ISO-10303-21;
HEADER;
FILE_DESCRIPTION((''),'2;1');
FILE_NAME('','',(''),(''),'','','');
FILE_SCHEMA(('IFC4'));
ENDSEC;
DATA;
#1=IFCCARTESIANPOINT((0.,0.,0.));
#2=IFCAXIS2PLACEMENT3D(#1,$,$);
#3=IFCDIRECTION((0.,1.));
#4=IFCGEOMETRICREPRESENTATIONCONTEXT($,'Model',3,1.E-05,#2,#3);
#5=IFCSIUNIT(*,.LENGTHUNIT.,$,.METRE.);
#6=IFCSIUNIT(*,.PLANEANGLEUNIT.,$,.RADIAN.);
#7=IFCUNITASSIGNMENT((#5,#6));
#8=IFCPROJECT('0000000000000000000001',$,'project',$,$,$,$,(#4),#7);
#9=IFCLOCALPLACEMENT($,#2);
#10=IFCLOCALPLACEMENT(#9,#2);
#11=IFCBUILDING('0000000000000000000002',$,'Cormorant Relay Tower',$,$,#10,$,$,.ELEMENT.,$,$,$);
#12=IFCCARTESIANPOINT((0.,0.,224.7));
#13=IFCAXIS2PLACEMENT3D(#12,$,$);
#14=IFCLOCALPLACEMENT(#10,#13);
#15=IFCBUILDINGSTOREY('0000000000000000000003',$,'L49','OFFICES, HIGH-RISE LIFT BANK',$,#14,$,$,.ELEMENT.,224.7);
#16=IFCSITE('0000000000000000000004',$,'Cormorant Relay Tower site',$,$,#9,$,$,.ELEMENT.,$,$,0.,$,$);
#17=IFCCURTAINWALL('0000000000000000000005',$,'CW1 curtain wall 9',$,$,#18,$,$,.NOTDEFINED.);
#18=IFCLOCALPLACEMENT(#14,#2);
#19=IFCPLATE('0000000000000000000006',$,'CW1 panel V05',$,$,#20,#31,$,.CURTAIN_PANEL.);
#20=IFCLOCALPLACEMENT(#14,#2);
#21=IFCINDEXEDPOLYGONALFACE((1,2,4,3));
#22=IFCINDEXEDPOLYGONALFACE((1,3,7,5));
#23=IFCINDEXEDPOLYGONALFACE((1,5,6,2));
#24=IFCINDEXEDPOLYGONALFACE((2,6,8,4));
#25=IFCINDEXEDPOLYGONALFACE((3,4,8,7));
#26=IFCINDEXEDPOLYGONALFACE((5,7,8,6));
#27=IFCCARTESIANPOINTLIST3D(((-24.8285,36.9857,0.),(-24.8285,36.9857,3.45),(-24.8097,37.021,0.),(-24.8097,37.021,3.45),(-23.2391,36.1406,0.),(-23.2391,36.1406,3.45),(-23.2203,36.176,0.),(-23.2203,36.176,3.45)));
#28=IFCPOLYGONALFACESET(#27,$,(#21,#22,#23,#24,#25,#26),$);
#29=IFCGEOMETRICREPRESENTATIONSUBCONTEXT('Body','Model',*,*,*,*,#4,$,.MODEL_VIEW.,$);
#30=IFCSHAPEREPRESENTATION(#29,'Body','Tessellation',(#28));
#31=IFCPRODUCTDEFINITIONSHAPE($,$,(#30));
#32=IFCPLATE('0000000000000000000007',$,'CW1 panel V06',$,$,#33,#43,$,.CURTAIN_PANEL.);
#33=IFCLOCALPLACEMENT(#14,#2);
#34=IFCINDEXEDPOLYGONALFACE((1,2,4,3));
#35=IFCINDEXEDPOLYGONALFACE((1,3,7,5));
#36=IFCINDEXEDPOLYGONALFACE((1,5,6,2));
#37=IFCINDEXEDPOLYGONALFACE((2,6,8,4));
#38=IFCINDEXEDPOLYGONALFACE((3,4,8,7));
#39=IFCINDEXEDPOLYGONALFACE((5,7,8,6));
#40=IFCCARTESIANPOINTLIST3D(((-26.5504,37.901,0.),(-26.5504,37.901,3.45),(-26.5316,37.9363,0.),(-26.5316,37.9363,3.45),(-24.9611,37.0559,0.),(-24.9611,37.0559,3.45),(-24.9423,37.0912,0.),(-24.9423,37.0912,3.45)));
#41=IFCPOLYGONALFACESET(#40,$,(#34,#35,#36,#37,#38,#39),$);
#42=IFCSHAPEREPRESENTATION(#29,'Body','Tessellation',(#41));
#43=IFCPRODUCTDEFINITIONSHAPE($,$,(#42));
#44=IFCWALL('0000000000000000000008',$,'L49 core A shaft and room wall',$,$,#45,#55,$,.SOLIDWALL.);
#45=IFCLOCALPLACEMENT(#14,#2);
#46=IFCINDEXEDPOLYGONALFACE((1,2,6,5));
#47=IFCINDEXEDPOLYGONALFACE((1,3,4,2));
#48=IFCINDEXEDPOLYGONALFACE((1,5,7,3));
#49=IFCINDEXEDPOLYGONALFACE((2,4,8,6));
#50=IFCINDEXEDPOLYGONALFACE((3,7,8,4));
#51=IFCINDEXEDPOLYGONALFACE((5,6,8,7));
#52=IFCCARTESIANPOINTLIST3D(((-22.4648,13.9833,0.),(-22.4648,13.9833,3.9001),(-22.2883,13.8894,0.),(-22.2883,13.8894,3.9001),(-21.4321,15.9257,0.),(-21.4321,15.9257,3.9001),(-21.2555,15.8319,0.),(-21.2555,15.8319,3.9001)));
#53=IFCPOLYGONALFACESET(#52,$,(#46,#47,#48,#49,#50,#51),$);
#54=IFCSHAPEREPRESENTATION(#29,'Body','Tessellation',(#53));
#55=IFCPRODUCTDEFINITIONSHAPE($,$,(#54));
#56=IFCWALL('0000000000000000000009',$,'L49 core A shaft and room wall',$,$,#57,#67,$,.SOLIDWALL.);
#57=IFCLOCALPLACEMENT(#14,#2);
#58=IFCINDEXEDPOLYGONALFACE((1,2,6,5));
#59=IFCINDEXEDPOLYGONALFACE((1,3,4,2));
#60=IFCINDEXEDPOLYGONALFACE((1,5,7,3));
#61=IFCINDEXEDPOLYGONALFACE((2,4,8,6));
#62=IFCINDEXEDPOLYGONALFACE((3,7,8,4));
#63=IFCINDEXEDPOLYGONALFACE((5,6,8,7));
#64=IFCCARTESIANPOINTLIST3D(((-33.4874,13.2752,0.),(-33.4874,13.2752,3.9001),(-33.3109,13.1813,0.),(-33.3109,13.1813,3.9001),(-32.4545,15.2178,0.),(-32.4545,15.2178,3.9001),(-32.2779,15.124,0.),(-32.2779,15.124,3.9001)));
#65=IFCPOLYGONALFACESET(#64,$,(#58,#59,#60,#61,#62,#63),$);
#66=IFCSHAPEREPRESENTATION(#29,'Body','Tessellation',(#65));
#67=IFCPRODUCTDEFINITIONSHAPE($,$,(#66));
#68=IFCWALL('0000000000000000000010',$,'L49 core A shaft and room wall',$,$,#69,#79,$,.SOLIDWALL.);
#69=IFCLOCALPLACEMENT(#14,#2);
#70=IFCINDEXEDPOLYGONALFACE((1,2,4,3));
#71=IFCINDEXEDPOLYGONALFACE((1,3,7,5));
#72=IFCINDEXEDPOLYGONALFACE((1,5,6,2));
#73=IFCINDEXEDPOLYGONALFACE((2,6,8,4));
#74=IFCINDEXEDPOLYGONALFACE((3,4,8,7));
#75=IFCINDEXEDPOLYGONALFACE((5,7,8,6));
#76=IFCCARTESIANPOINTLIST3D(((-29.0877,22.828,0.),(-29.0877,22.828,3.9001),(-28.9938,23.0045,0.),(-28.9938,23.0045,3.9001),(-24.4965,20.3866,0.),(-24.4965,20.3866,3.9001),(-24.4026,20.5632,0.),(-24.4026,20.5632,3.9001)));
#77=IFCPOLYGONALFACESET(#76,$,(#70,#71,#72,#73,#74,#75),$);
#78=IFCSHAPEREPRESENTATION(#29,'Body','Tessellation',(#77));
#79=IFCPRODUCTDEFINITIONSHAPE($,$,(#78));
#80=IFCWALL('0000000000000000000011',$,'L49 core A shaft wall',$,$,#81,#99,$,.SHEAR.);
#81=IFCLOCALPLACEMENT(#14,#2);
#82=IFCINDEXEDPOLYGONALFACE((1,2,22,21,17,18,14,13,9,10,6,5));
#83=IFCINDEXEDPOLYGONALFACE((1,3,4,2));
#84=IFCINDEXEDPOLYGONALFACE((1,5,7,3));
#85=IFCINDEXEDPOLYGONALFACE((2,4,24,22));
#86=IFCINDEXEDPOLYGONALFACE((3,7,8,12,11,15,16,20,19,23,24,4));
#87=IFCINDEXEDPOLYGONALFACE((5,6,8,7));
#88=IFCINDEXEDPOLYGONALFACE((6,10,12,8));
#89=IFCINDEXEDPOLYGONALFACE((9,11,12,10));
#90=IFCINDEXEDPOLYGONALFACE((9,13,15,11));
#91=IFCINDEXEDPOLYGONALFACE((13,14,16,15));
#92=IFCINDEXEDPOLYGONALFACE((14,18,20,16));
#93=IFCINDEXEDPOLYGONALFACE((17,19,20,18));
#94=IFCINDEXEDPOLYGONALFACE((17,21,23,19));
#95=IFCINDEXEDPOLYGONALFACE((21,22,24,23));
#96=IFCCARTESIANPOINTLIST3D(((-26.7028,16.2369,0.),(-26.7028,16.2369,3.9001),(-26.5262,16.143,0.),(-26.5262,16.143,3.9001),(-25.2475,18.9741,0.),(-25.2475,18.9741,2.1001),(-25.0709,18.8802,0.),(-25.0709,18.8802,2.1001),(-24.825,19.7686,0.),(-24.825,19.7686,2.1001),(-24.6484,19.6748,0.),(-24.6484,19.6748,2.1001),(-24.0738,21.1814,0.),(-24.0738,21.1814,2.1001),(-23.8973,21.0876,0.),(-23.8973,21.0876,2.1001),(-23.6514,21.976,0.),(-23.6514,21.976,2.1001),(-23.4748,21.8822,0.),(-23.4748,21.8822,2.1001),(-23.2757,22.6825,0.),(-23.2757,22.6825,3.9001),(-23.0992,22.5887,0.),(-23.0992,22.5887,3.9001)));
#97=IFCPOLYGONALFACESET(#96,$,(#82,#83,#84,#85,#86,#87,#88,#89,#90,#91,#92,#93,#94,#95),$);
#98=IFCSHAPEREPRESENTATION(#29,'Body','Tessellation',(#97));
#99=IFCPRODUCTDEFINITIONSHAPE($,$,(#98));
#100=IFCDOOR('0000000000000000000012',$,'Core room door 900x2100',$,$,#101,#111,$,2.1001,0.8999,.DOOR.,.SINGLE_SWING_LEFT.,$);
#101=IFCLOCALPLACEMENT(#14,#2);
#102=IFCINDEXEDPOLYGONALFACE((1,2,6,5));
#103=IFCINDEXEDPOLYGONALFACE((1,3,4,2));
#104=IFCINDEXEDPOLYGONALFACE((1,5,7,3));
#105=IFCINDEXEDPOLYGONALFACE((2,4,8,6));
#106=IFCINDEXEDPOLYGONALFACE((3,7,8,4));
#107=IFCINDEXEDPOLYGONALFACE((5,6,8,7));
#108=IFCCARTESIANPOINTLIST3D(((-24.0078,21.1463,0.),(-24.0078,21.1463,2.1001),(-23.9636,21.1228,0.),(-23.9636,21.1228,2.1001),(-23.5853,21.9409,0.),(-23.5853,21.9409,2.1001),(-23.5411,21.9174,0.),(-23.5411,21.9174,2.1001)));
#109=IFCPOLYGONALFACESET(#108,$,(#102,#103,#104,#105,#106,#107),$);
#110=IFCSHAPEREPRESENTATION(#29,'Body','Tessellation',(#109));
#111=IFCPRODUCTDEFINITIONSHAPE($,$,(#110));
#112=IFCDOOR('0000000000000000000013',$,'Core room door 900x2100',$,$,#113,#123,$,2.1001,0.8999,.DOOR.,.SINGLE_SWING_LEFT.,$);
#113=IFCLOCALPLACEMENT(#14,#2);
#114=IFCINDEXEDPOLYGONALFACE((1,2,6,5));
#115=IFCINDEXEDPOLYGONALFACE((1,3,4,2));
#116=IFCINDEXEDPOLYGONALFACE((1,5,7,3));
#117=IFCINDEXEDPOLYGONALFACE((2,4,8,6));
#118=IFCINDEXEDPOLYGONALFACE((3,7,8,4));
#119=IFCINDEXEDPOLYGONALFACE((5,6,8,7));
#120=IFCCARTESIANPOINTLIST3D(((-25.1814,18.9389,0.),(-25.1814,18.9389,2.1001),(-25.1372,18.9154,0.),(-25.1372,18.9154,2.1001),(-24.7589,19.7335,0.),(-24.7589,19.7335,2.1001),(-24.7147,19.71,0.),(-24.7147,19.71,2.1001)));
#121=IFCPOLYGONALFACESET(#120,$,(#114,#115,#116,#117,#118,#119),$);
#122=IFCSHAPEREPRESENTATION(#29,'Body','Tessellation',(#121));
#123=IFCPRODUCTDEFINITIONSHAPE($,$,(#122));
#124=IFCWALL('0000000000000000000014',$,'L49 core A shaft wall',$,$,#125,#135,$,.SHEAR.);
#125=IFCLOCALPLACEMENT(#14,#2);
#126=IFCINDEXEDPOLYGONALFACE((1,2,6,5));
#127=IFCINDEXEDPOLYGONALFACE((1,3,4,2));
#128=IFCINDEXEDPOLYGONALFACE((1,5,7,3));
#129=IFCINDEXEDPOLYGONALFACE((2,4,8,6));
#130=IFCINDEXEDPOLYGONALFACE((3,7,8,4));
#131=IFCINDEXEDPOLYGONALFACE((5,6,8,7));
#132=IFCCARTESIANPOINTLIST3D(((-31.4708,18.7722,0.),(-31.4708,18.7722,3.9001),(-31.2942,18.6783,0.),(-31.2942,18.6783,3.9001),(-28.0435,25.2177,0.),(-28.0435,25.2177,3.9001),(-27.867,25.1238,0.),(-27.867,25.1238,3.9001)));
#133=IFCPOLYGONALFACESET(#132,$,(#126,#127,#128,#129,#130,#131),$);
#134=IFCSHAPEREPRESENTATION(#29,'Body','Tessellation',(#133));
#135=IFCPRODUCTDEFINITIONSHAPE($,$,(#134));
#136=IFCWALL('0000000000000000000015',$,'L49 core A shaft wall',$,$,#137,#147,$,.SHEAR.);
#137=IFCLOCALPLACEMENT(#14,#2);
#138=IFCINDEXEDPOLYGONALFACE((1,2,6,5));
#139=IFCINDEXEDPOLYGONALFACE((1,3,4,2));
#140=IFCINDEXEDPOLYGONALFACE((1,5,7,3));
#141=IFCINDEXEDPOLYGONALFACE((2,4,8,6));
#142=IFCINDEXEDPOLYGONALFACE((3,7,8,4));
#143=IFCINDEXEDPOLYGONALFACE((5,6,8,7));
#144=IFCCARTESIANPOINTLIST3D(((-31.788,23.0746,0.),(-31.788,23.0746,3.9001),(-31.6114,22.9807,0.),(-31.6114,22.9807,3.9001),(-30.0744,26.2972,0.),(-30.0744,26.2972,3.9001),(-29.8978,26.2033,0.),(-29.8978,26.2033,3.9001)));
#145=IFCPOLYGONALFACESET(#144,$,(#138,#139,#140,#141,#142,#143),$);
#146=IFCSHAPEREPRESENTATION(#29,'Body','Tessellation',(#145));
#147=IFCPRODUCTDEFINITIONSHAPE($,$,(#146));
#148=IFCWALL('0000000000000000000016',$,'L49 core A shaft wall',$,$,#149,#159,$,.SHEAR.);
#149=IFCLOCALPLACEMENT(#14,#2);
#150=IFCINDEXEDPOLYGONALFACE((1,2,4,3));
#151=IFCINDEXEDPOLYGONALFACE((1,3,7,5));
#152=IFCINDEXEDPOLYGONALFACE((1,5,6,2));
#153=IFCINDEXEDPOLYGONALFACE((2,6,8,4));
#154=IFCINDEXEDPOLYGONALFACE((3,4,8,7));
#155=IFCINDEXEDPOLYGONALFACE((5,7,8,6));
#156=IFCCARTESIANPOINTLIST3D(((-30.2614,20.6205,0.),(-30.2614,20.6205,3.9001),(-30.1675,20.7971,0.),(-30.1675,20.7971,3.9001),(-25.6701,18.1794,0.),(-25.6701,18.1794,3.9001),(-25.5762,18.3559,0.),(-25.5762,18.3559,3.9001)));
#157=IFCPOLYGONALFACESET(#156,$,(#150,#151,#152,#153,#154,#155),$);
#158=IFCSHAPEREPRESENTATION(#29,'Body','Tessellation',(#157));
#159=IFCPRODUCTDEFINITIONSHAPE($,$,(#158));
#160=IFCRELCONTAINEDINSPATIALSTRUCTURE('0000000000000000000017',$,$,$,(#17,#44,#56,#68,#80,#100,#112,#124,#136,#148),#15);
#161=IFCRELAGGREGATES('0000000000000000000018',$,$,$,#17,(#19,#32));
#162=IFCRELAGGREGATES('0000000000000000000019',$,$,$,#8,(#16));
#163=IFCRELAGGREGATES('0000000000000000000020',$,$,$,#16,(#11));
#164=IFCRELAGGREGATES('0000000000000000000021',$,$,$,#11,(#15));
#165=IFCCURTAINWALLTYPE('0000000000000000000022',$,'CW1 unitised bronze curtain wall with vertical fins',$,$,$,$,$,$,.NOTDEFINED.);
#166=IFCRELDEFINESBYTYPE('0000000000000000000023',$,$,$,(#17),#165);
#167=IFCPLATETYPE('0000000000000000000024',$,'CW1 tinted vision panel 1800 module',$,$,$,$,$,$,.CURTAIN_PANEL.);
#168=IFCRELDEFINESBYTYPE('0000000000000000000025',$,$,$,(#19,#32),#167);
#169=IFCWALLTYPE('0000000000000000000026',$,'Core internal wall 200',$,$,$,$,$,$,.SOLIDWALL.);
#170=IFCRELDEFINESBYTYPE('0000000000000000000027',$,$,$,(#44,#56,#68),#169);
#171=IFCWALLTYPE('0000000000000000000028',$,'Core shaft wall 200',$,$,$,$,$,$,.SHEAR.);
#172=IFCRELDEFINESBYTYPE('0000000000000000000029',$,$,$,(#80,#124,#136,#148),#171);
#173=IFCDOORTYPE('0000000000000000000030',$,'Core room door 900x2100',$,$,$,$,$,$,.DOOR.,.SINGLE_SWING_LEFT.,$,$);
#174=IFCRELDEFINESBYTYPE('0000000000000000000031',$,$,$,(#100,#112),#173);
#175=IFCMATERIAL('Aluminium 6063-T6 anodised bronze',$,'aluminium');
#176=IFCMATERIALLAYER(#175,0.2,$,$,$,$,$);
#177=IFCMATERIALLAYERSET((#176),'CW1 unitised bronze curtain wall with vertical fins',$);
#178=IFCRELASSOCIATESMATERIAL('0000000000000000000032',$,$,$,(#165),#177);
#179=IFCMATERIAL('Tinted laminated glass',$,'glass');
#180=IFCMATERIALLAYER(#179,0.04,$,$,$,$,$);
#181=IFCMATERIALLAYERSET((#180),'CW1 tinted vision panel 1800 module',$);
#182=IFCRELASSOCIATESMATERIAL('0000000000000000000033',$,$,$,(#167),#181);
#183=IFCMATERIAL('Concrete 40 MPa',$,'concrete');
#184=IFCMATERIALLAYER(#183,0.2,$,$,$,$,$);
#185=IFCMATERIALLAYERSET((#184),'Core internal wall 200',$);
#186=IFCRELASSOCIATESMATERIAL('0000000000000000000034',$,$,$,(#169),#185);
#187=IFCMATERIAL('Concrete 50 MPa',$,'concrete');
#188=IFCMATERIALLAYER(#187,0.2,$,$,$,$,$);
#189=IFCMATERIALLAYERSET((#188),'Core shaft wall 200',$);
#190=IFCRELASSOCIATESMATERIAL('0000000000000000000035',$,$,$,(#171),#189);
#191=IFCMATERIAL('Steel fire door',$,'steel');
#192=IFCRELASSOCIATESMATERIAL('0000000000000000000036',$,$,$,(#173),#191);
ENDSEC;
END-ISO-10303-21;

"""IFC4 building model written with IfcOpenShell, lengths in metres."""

from ifc_helpers import new_model, si_unit, direction, frame, frame_2d, origin, origin_2d, place, context, subcontext, project, spatial, rectangle, extrude, material, layer, layer_set, type_object, element, fill, aggregate, save


model = new_model("IFC4")

# Units and contexts
model_context = context("Model", 3, precision=1e-05, world=origin(), true_north=direction((0.0, 1.0)))
body_context = subcontext(model_context, "Body", "Model", "MODEL_VIEW")
ifc_project = project(units=[si_unit("LENGTHUNIT", "METRE"), si_unit("PLANEANGLEUNIT", "RADIAN")], contexts=[model_context])

# Site, building, storey
site_placement = place(None, origin())
site = spatial("IfcSite", under=ifc_project, at=site_placement, Name="Cormorant Relay Tower site", CompositionType="ELEMENT", RefElevation=0.0)
building_placement = place(site_placement, origin())
building = spatial("IfcBuilding", under=site, at=building_placement, Name="Cormorant Relay Tower", CompositionType="ELEMENT")
storey_placement = place(building_placement, frame((0.0, 0.0, 224.7)))
storey = spatial("IfcBuildingStorey", under=building, at=storey_placement, Name="L49", Description="OFFICES, HIGH-RISE LIFT BANK", CompositionType="ELEMENT", Elevation=224.7)

# Curtain wall
ifc_material_1 = material(Name="Aluminium 6063-T6 anodised bronze", Category="aluminium")
ifc_layer_1 = layer(ifc_material_1, 0.2)
ifc_layer_set_1 = layer_set([ifc_layer_1], Name="CW1 unitised bronze curtain wall with vertical fins")
curtain_wall_type = type_object("IfcCurtainWallType", Name="CW1 unitised bronze curtain wall with vertical fins", PredefinedType="NOTDEFINED", material=ifc_layer_set_1)
curtain_wall_1_placement = place(storey_placement, origin())
curtain_wall_1 = element("IfcCurtainWall", 1, at=curtain_wall_1_placement, inside=storey, type_object=curtain_wall_type, Name="CW1 curtain wall 9", PredefinedType="NOTDEFINED")

# Plates
ifc_material_2 = material(Name="Tinted laminated glass", Category="glass")
ifc_layer_2 = layer(ifc_material_2, 0.04)
ifc_layer_set_2 = layer_set([ifc_layer_2], Name="CW1 tinted vision panel 1800 module")
plate_type = type_object("IfcPlateType", Name="CW1 tinted vision panel 1800 module", PredefinedType="CURTAIN_PANEL", material=ifc_layer_set_2)
plate_1_placement = place(storey_placement, frame((-24.0244, 36.5808, 0.0), z_axis=(0.0, 0.0, 1.0), x_axis=(-0.882948, 0.469472, 0.0)))
plate_1 = element("IfcPlate", 2, at=plate_1_placement, type_object=plate_type, Name="CW1 panel V05", PredefinedType="CURTAIN_PANEL", context=body_context, shape_type="SweptSolid", body=[
    extrude(rectangle(XDim=1.8, YDim=0.04, at=origin_2d()), origin(), (0.0, 0.0, 1.0), 3.45),
])
plate_2_placement = place(storey_placement, frame((-25.7463, 37.4961, 0.0), z_axis=(0.0, 0.0, 1.0), x_axis=(-0.882948, 0.469472, 0.0)))
plate_2 = element("IfcPlate", 3, at=plate_2_placement, type_object=plate_type, Name="CW1 panel V06", PredefinedType="CURTAIN_PANEL", context=body_context, shape_type="SweptSolid", body=[
    extrude(rectangle(XDim=1.8, YDim=0.04, at=origin_2d()), origin(), (0.0, 0.0, 1.0), 3.45),
])

# Walls
ifc_material_3 = material(Name="Concrete 40 MPa", Category="concrete")
ifc_layer_3 = layer(ifc_material_3, 0.2)
ifc_layer_set_3 = layer_set([ifc_layer_3], Name="Core internal wall 200")
wall_type_1 = type_object("IfcWallType", Name="Core internal wall 200", PredefinedType="SOLIDWALL", material=ifc_layer_set_3)
wall_1_placement = place(storey_placement, frame((-21.3438, 15.8789, 0.0), z_axis=(0.0, 0.0, 1.0), x_axis=(-0.469447, -0.88296, 0.0)))
element("IfcWall", 4, at=wall_1_placement, inside=storey, type_object=wall_type_1, Name="L49 core A shaft and room wall", PredefinedType="SOLIDWALL", context=body_context, shape_type="SweptSolid", body=[
    extrude(rectangle(XDim=2.2, YDim=0.2, at=frame_2d((1.1001, 0.0))), origin(), (0.0, 0.0, 1.0), 3.9001),
])
wall_2_placement = place(storey_placement, frame((-32.3662, 15.1709, 0.0), z_axis=(0.0, 0.0, 1.0), x_axis=(-0.469488, -0.882939, 0.0)))
element("IfcWall", 5, at=wall_2_placement, inside=storey, type_object=wall_type_1, Name="L49 core A shaft and room wall", PredefinedType="SOLIDWALL", context=body_context, shape_type="SweptSolid", body=[
    extrude(rectangle(XDim=2.2002, YDim=0.2, at=frame_2d((1.1001, 0.0))), origin(), (0.0, 0.0, 1.0), 3.9001),
])
wall_3_placement = place(storey_placement, frame((-24.4495, 20.4749, 0.0), z_axis=(0.0, 0.0, 1.0), x_axis=(-0.882935, 0.469496, 0.0)))
element("IfcWall", 6, at=wall_3_placement, inside=storey, type_object=wall_type_1, Name="L49 core A shaft and room wall", PredefinedType="SOLIDWALL", context=body_context, shape_type="SweptSolid", body=[
    extrude(rectangle(XDim=5.2, YDim=0.2, at=frame_2d((2.6001, 0.0))), origin(), (0.0, 0.0, 1.0), 3.9001),
])

# Wall, openings, doors
ifc_material_4 = material(Name="Concrete 50 MPa", Category="concrete")
ifc_layer_4 = layer(ifc_material_4, 0.2)
ifc_layer_set_4 = layer_set([ifc_layer_4], Name="Core shaft wall 200")
wall_type_2 = type_object("IfcWallType", Name="Core shaft wall 200", PredefinedType="SHEAR", material=ifc_layer_set_4)
wall_4_placement = place(storey_placement, frame((-23.1875, 22.6355, 0.0), z_axis=(0.0, 0.0, 1.0), x_axis=(-0.469454, -0.882957, 0.0)))
wall_4 = element("IfcWall", 7, at=wall_4_placement, inside=storey, type_object=wall_type_2, Name="L49 core A shaft wall", PredefinedType="SHEAR", context=body_context, shape_type="SweptSolid", body=[
    extrude(rectangle(XDim=7.3, YDim=0.2, at=frame_2d((3.6499, 0.0))), origin(), (0.0, 0.0, 1.0), 3.9001),
])
opening_1_placement = place(wall_4_placement, frame((0.8, 0.0, 0.0)))
opening_1 = element("IfcOpeningElement", 8, at=opening_1_placement, cuts=wall_4, PredefinedType="OPENING", context=body_context, shape_type="SweptSolid", body=[
    extrude(rectangle(XDim=0.8999, YDim=2.1001, at=frame_2d((0.45, 1.05))), frame((0.0, 0.1099, 0.0), z_axis=(0.0, -1.0, 0.0), x_axis=(1.0, 0.0, 0.0)), (0.0, 0.0, 1.0), 0.22),
])
opening_2_placement = place(wall_4_placement, frame((3.3, 0.0, 0.0)))
opening_2 = element("IfcOpeningElement", 9, at=opening_2_placement, cuts=wall_4, PredefinedType="OPENING", context=body_context, shape_type="SweptSolid", body=[
    extrude(rectangle(XDim=0.8999, YDim=2.1001, at=frame_2d((0.45, 1.05))), frame((0.0, 0.1099, 0.0), z_axis=(0.0, -1.0, 0.0), x_axis=(1.0, 0.0, 0.0)), (0.0, 0.0, 1.0), 0.22),
])
ifc_material_5 = material(Name="Steel fire door", Category="steel")
door_type_1 = type_object("IfcDoorType", Name="Core room door 900x2100", OperationType="SINGLE_SWING_LEFT", PredefinedType="DOOR", material=ifc_material_5)
door_1_placement = place(opening_1_placement, origin())
door_1 = element("IfcDoor", 10, at=door_1_placement, inside=storey, type_object=door_type_1, Name="Core room door 900x2100", OperationType="SINGLE_SWING_LEFT", OverallHeight=2.1001, OverallWidth=0.8999, PredefinedType="DOOR", context=body_context, shape_type="SweptSolid", body=[
    extrude(rectangle(XDim=0.8999, YDim=2.1001, at=frame_2d((0.45, 1.05))), frame((0.0, 0.0249, 0.0), z_axis=(0.0, -1.0, 0.0), x_axis=(1.0, 0.0, 0.0)), (0.0, 0.0, 1.0), 0.05),
])
fill(opening_1, door_1)
door_2_placement = place(opening_2_placement, origin())
door_2 = element("IfcDoor", 11, at=door_2_placement, inside=storey, type_object=door_type_1, Name="Core room door 900x2100", OperationType="SINGLE_SWING_LEFT", OverallHeight=2.1001, OverallWidth=0.8999, PredefinedType="DOOR", context=body_context, shape_type="SweptSolid", body=[
    extrude(rectangle(XDim=0.8999, YDim=2.1001, at=frame_2d((0.45, 1.05))), frame((0.0, 0.0249, 0.0), z_axis=(0.0, -1.0, 0.0), x_axis=(1.0, 0.0, 0.0)), (0.0, 0.0, 1.0), 0.05),
])
fill(opening_2, door_2)

# Walls
wall_5_placement = place(storey_placement, frame((-27.9553, 25.1707, 0.0), z_axis=(0.0, 0.0, 1.0), x_axis=(-0.46948, -0.882943, 0.0)))
element("IfcWall", 12, at=wall_5_placement, inside=storey, type_object=wall_type_2, Name="L49 core A shaft wall", PredefinedType="SHEAR", context=body_context, shape_type="SweptSolid", body=[
    extrude(rectangle(XDim=7.3, YDim=0.2, at=frame_2d((3.6499, 0.0))), origin(), (0.0, 0.0, 1.0), 3.9001),
])
wall_6_placement = place(storey_placement, frame((-29.9861, 26.2502, 0.0), z_axis=(0.0, 0.0, 1.0), x_axis=(-0.469494, -0.882936, 0.0)))
element("IfcWall", 13, at=wall_6_placement, inside=storey, type_object=wall_type_2, Name="L49 core A shaft wall", PredefinedType="SHEAR", context=body_context, shape_type="SweptSolid", body=[
    extrude(rectangle(XDim=3.6499, YDim=0.2, at=frame_2d((1.825, 0.0))), origin(), (0.0, 0.0, 1.0), 3.9001),
])

# Wall
wall_7_placement = place(storey_placement, frame((-25.623, 18.2676, 0.0), z_axis=(0.0, 0.0, 1.0), x_axis=(-0.882954, 0.46946, 0.0)))
element("IfcWall", 14, at=wall_7_placement, inside=storey, type_object=wall_type_2, Name="L49 core A shaft wall", PredefinedType="SHEAR", context=body_context, shape_type="SweptSolid", body=[
    extrude(rectangle(XDim=5.2, YDim=0.2, at=frame_2d((2.6001, 0.0))), origin(), (0.0, 0.0, 1.0), 3.9001),
])

aggregate(curtain_wall_1, [plate_1, plate_2])

save(model, "model.ifc")
